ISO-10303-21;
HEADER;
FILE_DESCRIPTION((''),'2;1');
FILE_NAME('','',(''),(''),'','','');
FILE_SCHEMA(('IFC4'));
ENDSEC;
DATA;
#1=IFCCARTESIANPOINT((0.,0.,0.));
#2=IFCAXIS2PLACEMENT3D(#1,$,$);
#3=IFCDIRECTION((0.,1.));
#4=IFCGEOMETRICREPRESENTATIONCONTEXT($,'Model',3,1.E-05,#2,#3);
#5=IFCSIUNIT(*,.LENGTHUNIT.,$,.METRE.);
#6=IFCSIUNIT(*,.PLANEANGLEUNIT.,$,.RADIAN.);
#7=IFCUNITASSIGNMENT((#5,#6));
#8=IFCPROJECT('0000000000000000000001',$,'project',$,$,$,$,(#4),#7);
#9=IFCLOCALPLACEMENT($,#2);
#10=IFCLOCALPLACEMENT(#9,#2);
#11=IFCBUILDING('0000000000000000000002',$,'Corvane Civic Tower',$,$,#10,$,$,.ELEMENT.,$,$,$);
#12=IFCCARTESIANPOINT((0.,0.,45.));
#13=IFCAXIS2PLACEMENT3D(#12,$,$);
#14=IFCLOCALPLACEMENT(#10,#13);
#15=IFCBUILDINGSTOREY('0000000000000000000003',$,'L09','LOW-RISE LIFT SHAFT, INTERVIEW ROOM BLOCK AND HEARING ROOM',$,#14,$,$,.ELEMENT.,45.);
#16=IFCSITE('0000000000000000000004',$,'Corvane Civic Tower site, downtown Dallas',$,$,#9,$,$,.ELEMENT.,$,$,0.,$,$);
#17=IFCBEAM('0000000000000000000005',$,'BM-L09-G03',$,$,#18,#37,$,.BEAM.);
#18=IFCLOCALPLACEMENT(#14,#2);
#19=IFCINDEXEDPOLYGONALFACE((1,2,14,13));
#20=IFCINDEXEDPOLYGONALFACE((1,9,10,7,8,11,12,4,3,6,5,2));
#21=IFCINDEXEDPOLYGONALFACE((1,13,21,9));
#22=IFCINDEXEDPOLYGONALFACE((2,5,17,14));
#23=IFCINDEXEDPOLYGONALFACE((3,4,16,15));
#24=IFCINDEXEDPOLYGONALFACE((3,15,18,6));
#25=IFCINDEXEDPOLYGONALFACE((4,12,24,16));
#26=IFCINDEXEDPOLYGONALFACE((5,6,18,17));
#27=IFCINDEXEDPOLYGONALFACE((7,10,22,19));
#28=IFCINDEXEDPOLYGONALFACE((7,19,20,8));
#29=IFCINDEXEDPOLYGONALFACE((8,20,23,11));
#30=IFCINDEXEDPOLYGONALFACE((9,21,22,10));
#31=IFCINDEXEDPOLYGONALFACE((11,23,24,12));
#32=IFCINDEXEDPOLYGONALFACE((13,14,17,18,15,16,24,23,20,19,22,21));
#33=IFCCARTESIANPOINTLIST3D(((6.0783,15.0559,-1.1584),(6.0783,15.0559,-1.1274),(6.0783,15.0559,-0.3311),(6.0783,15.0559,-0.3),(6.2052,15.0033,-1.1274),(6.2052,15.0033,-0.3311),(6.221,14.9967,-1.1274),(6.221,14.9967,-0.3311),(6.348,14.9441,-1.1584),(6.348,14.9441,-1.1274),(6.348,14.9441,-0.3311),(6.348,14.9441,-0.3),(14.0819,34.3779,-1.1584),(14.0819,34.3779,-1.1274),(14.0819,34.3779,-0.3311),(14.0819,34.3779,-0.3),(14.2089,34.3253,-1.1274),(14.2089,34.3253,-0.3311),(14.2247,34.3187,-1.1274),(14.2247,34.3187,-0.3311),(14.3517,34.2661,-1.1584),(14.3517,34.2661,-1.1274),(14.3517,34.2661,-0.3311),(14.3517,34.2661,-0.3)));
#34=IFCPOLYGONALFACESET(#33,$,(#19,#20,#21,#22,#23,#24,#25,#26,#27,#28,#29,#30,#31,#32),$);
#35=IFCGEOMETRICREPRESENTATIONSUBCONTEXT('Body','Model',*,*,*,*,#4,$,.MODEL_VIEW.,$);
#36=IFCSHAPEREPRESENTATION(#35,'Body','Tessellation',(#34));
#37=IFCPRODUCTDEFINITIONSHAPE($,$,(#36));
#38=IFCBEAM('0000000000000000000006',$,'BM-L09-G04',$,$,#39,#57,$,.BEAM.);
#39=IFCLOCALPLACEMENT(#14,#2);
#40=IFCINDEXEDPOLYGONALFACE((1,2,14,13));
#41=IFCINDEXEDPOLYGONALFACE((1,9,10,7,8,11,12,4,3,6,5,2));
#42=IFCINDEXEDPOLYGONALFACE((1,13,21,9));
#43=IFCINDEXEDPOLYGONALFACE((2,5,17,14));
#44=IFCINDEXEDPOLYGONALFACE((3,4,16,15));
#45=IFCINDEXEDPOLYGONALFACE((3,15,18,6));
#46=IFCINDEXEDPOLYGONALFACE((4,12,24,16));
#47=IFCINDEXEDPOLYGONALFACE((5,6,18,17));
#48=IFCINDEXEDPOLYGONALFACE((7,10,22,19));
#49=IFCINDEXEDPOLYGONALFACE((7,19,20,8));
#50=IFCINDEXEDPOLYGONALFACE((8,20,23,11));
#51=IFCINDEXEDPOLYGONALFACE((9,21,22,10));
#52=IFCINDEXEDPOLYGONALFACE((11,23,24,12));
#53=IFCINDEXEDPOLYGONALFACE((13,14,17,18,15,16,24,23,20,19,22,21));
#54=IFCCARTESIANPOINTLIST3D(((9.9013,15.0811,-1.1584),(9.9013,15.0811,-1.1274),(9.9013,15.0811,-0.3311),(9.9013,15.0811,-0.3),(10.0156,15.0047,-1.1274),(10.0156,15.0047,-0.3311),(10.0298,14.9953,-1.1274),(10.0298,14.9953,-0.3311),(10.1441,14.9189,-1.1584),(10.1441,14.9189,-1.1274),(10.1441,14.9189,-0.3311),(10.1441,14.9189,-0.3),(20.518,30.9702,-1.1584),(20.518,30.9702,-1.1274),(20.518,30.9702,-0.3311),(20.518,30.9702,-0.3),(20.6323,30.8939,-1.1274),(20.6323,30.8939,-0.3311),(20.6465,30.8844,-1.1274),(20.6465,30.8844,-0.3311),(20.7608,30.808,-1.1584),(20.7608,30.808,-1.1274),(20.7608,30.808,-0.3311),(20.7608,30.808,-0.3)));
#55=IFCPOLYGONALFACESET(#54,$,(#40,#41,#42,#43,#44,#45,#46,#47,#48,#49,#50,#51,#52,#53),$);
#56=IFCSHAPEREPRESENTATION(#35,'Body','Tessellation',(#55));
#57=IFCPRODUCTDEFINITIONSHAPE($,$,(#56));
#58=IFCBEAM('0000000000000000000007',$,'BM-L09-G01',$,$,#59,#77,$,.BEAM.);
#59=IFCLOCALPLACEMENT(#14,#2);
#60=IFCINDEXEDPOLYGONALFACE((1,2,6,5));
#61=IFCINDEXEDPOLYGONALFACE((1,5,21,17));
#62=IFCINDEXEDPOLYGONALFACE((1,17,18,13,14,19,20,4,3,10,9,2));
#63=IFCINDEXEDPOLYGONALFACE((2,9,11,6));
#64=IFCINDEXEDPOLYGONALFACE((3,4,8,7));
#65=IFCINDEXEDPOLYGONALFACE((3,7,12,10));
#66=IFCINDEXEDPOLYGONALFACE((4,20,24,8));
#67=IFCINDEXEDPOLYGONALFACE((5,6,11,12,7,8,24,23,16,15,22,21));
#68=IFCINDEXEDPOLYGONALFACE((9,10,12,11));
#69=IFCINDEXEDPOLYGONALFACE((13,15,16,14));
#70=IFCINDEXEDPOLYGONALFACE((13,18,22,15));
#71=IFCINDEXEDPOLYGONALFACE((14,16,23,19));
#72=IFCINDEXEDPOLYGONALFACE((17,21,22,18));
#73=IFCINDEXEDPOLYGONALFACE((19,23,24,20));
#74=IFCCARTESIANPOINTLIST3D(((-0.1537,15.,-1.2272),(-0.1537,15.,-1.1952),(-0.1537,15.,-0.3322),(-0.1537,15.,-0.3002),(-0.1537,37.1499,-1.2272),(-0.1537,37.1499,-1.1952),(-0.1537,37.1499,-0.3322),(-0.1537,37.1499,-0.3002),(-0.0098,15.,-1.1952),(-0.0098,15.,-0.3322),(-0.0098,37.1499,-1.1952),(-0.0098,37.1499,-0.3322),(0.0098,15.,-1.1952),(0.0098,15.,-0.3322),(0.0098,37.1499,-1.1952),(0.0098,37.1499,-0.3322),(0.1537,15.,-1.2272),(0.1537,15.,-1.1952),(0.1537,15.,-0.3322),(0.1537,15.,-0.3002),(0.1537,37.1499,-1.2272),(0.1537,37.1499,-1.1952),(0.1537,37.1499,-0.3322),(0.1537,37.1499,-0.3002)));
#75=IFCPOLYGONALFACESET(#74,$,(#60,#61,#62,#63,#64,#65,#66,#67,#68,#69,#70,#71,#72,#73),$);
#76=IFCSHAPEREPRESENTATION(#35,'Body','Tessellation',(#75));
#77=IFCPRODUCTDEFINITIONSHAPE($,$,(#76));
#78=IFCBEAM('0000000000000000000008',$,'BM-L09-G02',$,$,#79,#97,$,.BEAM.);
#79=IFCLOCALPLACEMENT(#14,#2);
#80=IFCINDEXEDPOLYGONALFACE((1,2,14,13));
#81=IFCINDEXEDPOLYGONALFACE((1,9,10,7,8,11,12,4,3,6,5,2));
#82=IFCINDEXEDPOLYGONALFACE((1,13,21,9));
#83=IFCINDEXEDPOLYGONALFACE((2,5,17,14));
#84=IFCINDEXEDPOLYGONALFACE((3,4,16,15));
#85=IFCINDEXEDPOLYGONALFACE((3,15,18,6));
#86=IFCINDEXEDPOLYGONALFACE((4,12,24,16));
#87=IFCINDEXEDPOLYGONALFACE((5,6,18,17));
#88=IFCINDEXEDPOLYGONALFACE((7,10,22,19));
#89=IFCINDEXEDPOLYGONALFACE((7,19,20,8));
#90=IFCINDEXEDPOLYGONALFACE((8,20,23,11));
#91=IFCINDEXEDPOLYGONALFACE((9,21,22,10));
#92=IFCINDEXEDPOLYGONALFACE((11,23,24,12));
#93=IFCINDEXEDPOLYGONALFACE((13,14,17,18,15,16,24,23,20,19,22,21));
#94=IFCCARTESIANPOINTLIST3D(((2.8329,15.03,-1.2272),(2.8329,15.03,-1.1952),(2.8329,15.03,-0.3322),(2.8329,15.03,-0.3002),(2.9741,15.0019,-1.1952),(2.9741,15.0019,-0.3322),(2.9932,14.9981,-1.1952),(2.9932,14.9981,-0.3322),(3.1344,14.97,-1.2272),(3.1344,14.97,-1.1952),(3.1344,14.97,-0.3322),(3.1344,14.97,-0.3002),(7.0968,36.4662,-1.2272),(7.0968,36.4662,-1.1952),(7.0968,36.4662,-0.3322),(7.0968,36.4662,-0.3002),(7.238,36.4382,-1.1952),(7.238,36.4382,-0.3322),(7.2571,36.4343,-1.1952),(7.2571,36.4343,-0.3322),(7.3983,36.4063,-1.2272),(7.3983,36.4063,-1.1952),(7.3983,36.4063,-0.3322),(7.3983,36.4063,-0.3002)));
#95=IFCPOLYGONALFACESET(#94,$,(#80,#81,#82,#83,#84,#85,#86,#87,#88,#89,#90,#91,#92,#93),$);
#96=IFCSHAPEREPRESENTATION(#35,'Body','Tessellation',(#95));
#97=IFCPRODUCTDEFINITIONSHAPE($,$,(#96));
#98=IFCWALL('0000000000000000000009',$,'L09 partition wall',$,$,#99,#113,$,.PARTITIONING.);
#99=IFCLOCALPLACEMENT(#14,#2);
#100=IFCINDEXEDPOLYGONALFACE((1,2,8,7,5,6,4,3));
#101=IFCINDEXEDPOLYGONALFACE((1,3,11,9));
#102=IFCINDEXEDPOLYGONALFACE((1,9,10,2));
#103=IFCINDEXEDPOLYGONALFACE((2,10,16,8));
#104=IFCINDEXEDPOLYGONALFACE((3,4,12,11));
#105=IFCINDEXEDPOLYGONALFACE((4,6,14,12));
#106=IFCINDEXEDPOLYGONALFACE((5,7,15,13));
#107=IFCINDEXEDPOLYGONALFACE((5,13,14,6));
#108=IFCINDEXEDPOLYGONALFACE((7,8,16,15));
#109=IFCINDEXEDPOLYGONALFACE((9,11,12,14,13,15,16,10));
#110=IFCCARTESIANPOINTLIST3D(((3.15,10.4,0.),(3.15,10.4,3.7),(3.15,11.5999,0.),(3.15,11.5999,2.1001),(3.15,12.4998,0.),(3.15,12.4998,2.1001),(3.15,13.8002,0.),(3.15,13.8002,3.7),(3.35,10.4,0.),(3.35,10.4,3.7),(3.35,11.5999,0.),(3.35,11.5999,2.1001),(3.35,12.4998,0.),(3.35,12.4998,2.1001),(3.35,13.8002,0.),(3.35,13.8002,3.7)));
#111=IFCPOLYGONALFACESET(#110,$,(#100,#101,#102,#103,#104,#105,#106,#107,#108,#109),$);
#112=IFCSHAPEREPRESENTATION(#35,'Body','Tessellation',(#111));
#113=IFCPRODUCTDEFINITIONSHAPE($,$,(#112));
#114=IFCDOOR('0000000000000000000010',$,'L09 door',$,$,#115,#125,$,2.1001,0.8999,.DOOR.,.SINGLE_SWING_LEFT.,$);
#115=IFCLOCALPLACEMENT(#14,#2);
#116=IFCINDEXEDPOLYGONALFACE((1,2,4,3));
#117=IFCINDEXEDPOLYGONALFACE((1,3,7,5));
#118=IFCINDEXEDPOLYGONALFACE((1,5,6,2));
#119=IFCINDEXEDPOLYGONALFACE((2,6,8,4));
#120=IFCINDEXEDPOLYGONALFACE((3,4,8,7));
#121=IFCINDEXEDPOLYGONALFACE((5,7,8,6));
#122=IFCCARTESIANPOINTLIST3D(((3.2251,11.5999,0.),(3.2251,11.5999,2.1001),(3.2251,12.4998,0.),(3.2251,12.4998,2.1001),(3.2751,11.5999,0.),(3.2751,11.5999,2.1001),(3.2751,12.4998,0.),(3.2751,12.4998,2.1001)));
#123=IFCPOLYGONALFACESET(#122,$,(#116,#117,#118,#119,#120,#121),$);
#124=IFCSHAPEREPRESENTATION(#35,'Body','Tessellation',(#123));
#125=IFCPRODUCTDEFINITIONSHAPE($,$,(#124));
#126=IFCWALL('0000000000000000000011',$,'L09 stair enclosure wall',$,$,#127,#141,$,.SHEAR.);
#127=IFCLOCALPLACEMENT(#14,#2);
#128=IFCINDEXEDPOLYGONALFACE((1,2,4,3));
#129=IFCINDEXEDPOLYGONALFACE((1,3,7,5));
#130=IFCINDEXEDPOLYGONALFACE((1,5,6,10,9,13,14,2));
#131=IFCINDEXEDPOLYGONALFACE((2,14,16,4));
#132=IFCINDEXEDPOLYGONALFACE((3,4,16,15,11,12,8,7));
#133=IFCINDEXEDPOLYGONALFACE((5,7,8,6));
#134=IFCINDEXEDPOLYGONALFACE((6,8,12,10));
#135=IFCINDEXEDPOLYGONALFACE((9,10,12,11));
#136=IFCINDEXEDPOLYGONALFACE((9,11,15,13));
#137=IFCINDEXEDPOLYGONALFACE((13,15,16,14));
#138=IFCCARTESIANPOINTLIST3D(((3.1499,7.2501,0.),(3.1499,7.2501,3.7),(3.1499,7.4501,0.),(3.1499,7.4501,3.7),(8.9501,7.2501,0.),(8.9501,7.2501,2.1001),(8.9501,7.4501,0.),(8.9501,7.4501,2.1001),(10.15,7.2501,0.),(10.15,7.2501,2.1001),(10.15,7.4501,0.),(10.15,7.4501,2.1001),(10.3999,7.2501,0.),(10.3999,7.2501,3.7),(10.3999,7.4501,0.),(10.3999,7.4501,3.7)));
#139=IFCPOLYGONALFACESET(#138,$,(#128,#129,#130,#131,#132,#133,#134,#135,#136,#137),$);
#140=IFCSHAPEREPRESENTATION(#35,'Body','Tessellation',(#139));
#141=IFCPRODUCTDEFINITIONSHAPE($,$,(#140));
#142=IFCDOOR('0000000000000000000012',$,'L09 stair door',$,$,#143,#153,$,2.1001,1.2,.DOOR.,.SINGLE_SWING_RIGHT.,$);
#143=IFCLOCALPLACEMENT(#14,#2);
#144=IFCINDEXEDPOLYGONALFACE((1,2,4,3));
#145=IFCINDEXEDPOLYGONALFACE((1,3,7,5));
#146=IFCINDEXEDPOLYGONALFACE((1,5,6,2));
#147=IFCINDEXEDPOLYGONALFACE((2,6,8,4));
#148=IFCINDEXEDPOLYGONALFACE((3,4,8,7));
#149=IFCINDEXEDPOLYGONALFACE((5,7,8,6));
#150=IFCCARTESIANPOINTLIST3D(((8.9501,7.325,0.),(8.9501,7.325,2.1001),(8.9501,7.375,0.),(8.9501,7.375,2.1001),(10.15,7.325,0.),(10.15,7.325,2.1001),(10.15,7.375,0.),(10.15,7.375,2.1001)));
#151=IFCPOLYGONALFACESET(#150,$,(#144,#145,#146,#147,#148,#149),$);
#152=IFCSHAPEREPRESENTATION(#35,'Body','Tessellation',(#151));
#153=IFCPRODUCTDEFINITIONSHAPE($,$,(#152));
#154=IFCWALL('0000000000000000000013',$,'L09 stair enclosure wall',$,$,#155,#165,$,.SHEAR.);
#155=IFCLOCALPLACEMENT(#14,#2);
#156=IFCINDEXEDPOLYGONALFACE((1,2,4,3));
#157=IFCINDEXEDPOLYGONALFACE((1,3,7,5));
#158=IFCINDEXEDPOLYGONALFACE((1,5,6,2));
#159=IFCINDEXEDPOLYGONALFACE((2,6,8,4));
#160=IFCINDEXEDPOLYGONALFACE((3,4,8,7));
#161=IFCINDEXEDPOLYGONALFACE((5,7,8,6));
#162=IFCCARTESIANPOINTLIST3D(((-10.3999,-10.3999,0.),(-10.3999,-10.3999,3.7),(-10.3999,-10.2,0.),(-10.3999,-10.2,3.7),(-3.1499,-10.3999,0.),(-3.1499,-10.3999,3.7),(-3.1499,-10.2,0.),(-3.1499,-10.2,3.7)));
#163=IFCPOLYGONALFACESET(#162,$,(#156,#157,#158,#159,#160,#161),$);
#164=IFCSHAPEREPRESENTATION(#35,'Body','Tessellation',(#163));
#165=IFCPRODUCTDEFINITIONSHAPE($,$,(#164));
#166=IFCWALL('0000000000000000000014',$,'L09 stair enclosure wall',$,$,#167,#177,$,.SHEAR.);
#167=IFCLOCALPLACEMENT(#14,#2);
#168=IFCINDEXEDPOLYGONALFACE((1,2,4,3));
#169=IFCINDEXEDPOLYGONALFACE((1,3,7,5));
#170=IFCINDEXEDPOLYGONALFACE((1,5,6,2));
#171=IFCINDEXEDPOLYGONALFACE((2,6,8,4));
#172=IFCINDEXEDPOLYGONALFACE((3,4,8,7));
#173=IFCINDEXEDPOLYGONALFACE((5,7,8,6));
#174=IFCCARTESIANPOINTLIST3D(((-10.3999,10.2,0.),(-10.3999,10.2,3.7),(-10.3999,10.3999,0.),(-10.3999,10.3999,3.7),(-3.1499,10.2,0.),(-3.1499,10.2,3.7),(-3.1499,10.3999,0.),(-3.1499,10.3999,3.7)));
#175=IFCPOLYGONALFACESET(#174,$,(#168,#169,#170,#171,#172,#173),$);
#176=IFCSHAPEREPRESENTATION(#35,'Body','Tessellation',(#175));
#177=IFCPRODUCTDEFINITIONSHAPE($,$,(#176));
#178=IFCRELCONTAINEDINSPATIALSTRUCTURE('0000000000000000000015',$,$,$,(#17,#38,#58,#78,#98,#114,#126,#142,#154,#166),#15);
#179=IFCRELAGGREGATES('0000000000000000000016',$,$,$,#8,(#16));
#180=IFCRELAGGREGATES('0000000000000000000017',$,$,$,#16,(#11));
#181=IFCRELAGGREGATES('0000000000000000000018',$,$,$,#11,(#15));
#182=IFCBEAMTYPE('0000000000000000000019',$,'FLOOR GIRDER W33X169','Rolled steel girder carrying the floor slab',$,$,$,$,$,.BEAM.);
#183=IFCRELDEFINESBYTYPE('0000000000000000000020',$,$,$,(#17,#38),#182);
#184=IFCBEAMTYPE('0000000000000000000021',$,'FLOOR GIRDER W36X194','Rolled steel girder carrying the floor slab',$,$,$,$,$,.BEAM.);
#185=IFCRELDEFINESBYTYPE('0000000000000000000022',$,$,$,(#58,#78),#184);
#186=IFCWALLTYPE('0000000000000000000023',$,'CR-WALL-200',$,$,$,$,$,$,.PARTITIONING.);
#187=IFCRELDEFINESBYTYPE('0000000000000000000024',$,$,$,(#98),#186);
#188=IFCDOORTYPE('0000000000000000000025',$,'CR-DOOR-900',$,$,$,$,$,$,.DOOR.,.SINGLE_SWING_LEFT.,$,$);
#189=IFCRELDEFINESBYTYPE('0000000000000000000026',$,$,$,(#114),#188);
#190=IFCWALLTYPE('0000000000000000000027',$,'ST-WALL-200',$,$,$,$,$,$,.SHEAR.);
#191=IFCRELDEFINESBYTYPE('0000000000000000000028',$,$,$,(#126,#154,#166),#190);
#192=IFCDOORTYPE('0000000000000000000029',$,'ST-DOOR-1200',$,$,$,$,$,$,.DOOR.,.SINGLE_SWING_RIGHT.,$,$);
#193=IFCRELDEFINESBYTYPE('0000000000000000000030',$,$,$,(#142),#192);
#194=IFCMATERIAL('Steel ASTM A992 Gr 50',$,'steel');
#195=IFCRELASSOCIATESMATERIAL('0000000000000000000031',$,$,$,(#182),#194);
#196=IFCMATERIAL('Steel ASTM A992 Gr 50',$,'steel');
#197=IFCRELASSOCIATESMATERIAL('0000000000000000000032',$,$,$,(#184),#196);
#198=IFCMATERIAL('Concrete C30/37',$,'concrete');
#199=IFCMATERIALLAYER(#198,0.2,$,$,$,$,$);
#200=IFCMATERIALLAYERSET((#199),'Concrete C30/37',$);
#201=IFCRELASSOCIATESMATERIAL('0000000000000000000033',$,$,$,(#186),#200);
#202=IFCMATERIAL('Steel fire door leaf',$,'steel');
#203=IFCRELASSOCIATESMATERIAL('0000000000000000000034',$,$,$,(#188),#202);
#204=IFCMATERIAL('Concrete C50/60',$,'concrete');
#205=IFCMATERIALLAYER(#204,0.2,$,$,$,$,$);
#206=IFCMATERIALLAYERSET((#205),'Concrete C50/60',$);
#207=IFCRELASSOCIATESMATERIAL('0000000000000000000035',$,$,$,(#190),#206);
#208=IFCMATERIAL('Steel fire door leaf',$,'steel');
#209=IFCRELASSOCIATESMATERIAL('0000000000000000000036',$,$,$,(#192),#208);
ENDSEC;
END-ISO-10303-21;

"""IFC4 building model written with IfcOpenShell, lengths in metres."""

from ifc_helpers import new_model, si_unit, direction, frame, frame_2d, origin, origin_2d, place, context, subcontext, project, spatial, polyline, rectangle, i_section, outline, extrude, material, layer, layer_set, material_profile, profile_set, type_object, element, fill, save


model = new_model("IFC4")

# Units and contexts
model_context = context("Model", 3, precision=1e-05, world=origin(), true_north=direction((0.0, 1.0)))
body_context = subcontext(model_context, "Body", "Model", "MODEL_VIEW")
ifc_project = project(units=[si_unit("LENGTHUNIT", "METRE"), si_unit("PLANEANGLEUNIT", "RADIAN")], contexts=[model_context])

# Site, building, storey
site_placement = place(None, origin())
site = spatial("IfcSite", under=ifc_project, at=site_placement, Name="Corvane Civic Tower site, downtown Dallas", CompositionType="ELEMENT", RefElevation=0.0)
building_placement = place(site_placement, origin())
building = spatial("IfcBuilding", under=site, at=building_placement, Name="Corvane Civic Tower", CompositionType="ELEMENT")
storey_placement = place(building_placement, frame((0.0, 0.0, 45.0)))
storey = spatial("IfcBuildingStorey", under=building, at=storey_placement, Name="L09", Description="LOW-RISE LIFT SHAFT, INTERVIEW ROOM BLOCK AND HEARING ROOM", CompositionType="ELEMENT", Elevation=45.0)

# Beams
ifc_material_1 = material(Name="Steel ASTM A992 Gr 50", Category="steel")
ifc_material_profile_1 = material_profile(ifc_material_1, i_section(OverallWidth=0.292, OverallDepth=0.8584, WebThickness=0.0171, FlangeThickness=0.031, at=origin_2d()), Name="W33X169")
ifc_profile_set_1 = profile_set([ifc_material_profile_1], Name="Steel ASTM A992 Gr 50")
beam_type_1 = type_object("IfcBeamType", Name="FLOOR GIRDER W33X169", Description="Rolled steel girder carrying the floor slab", PredefinedType="BEAM", material=ifc_profile_set_1)
beam_1_placement = place(storey_placement, frame((6.2131, 15.0, -0.7292), z_axis=(0.382692, 0.923876, 0.0), x_axis=(-0.923876, 0.382692, 0.0)))
element("IfcBeam", 1, at=beam_1_placement, inside=storey, type_object=beam_type_1, Name="BM-L09-G03", PredefinedType="BEAM", context=body_context, shape_type="SweptSolid", body=[
    extrude(i_section(OverallWidth=0.292, OverallDepth=0.8584, WebThickness=0.0171, FlangeThickness=0.031, at=origin_2d()), origin(), (0.0, 0.0, 1.0), 20.9141),
])
beam_2_placement = place(storey_placement, frame((10.0227, 15.0, -0.7292), z_axis=(0.555567, 0.831472, 0.0), x_axis=(-0.831472, 0.555567, 0.0)))
element("IfcBeam", 2, at=beam_2_placement, inside=storey, type_object=beam_type_1, Name="BM-L09-G04", PredefinedType="BEAM", context=body_context, shape_type="SweptSolid", body=[
    extrude(i_section(OverallWidth=0.292, OverallDepth=0.8584, WebThickness=0.0171, FlangeThickness=0.031, at=origin_2d()), origin(), (0.0, 0.0, 1.0), 19.1096),
])
ifc_material_2 = material(Name="Steel ASTM A992 Gr 50", Category="steel")
ifc_material_profile_2 = material_profile(ifc_material_2, i_section(OverallWidth=0.3074, OverallDepth=0.927, WebThickness=0.0195, FlangeThickness=0.032, at=origin_2d()), Name="W36X194")
ifc_profile_set_2 = profile_set([ifc_material_profile_2], Name="Steel ASTM A992 Gr 50")
beam_type_2 = type_object("IfcBeamType", Name="FLOOR GIRDER W36X194", Description="Rolled steel girder carrying the floor slab", PredefinedType="BEAM", material=ifc_profile_set_2)
beam_3_placement = place(storey_placement, frame((0.0, 15.0, -0.7637), z_axis=(0.0, 1.0, 0.0), x_axis=(-1.0, 0.0, 0.0)))
element("IfcBeam", 3, at=beam_3_placement, inside=storey, type_object=beam_type_2, Name="BM-L09-G01", PredefinedType="BEAM", context=body_context, shape_type="SweptSolid", body=[
    extrude(i_section(OverallWidth=0.3074, OverallDepth=0.927, WebThickness=0.0195, FlangeThickness=0.032, at=origin_2d()), origin(), (0.0, 0.0, 1.0), 22.1499),
])
beam_4_placement = place(storey_placement, frame((2.9836, 15.0, -0.7637), z_axis=(0.195089, 0.980785, 0.0), x_axis=(-0.980785, 0.195089, 0.0)))
element("IfcBeam", 4, at=beam_4_placement, inside=storey, type_object=beam_type_2, Name="BM-L09-G02", PredefinedType="BEAM", context=body_context, shape_type="SweptSolid", body=[
    extrude(i_section(OverallWidth=0.3074, OverallDepth=0.927, WebThickness=0.0195, FlangeThickness=0.032, at=origin_2d()), origin(), (0.0, 0.0, 1.0), 21.8562),
])

# Walls, openings, doors
ifc_material_3 = material(Name="Concrete C30/37", Category="concrete")
ifc_layer_1 = layer(ifc_material_3, 0.2)
ifc_layer_set_1 = layer_set([ifc_layer_1], Name="Concrete C30/37")
wall_type_1 = type_object("IfcWallType", Name="CR-WALL-200", PredefinedType="PARTITIONING", material=ifc_layer_set_1)
wall_1_placement = place(storey_placement, frame((3.25, 10.3999, 0.0), z_axis=(0.0, 0.0, 1.0), x_axis=(0.0, 1.0, 0.0)))
wall_1 = element("IfcWall", 5, at=wall_1_placement, inside=storey, type_object=wall_type_1, Name="L09 partition wall", PredefinedType="PARTITIONING", context=body_context, shape_type="SweptSolid", body=[
    extrude(rectangle(XDim=3.4001, YDim=0.2, at=frame_2d((1.7002, 0.0))), origin(), (0.0, 0.0, 1.0), 3.7),
])
opening_1_placement = place(wall_1_placement, frame((1.2, 0.0, 0.0)))
opening_1 = element("IfcOpeningElement", 6, at=opening_1_placement, cuts=wall_1, PredefinedType="OPENING", context=body_context, shape_type="SweptSolid", body=[
    extrude(rectangle(XDim=0.8999, YDim=2.1001, at=frame_2d((0.45, 1.05))), frame((0.0, 0.1099, 0.0), z_axis=(0.0, -1.0, 0.0), x_axis=(1.0, 0.0, 0.0)), (0.0, 0.0, 1.0), 0.22),
])
ifc_material_4 = material(Name="Steel fire door leaf", Category="steel")
door_type_1 = type_object("IfcDoorType", Name="CR-DOOR-900", OperationType="SINGLE_SWING_LEFT", PredefinedType="DOOR", material=ifc_material_4)
door_1_placement = place(opening_1_placement, origin())
door_1 = element("IfcDoor", 7, at=door_1_placement, inside=storey, type_object=door_type_1, Name="L09 door", OperationType="SINGLE_SWING_LEFT", OverallHeight=2.1001, OverallWidth=0.8999, PredefinedType="DOOR", context=body_context, shape_type="SweptSolid", body=[
    extrude(rectangle(XDim=0.8999, YDim=2.1001, at=frame_2d((0.45, 1.05))), frame((0.0, 0.0249, 0.0), z_axis=(0.0, -1.0, 0.0), x_axis=(1.0, 0.0, 0.0)), (0.0, 0.0, 1.0), 0.05),
])
fill(opening_1, door_1)
ifc_material_5 = material(Name="Concrete C50/60", Category="concrete")
ifc_layer_2 = layer(ifc_material_5, 0.2)
ifc_layer_set_2 = layer_set([ifc_layer_2], Name="Concrete C50/60")
wall_type_2 = type_object("IfcWallType", Name="ST-WALL-200", PredefinedType="SHEAR", material=ifc_layer_set_2)
wall_2_placement = place(storey_placement, frame((3.1499, 7.3501, 0.0), z_axis=(0.0, 0.0, 1.0), x_axis=(1.0, 0.0, 0.0)))
wall_2 = element("IfcWall", 8, at=wall_2_placement, inside=storey, type_object=wall_type_2, Name="L09 stair enclosure wall", PredefinedType="SHEAR", context=body_context, shape_type="SweptSolid", body=[
    extrude(rectangle(XDim=7.25, YDim=0.2, at=frame_2d((3.625, 0.0))), origin(), (0.0, 0.0, 1.0), 3.7),
])
opening_2_placement = place(wall_2_placement, frame((5.8, 0.0, 0.0)))
opening_2 = element("IfcOpeningElement", 9, at=opening_2_placement, cuts=wall_2, PredefinedType="OPENING", context=body_context, shape_type="SweptSolid", body=[
    extrude(rectangle(XDim=1.2, YDim=2.1001, at=frame_2d((0.6001, 1.05))), frame((0.0, 0.1099, 0.0), z_axis=(0.0, -1.0, 0.0), x_axis=(1.0, 0.0, 0.0)), (0.0, 0.0, 1.0), 0.22),
])
ifc_material_6 = material(Name="Steel fire door leaf", Category="steel")
door_type_2 = type_object("IfcDoorType", Name="ST-DOOR-1200", OperationType="SINGLE_SWING_RIGHT", PredefinedType="DOOR", material=ifc_material_6)
door_2_placement = place(opening_2_placement, origin())
door_2 = element("IfcDoor", 10, at=door_2_placement, inside=storey, type_object=door_type_2, Name="L09 stair door", OperationType="SINGLE_SWING_RIGHT", OverallHeight=2.1001, OverallWidth=1.2, PredefinedType="DOOR", context=body_context, shape_type="SweptSolid", body=[
    extrude(rectangle(XDim=1.2, YDim=2.1001, at=frame_2d((0.6001, 1.05))), frame((0.0, 0.0249, 0.0), z_axis=(0.0, -1.0, 0.0), x_axis=(1.0, 0.0, 0.0)), (0.0, 0.0, 1.0), 0.05),
])
fill(opening_2, door_2)

# Walls
wall_3_placement = place(storey_placement, origin())
element("IfcWall", 11, at=wall_3_placement, inside=storey, type_object=wall_type_2, Name="L09 stair enclosure wall", PredefinedType="SHEAR", context=body_context, shape_type="SweptSolid", body=[
    extrude(outline(polyline([(-3.1499, -10.2), (-3.1499, -10.3999), (-10.3999, -10.3999), (-10.3999, -10.2), (-3.1499, -10.2)])), origin(), (0.0, 0.0, 1.0), 3.7),
])
wall_4_placement = place(storey_placement, origin())
element("IfcWall", 12, at=wall_4_placement, inside=storey, type_object=wall_type_2, Name="L09 stair enclosure wall", PredefinedType="SHEAR", context=body_context, shape_type="SweptSolid", body=[
    extrude(outline(polyline([(-3.1499, 10.2), (-10.3999, 10.2), (-10.3999, 10.3999), (-3.1499, 10.3999), (-3.1499, 10.2)])), origin(), (0.0, 0.0, 1.0), 3.7),
])

save(model, "model.ifc")
